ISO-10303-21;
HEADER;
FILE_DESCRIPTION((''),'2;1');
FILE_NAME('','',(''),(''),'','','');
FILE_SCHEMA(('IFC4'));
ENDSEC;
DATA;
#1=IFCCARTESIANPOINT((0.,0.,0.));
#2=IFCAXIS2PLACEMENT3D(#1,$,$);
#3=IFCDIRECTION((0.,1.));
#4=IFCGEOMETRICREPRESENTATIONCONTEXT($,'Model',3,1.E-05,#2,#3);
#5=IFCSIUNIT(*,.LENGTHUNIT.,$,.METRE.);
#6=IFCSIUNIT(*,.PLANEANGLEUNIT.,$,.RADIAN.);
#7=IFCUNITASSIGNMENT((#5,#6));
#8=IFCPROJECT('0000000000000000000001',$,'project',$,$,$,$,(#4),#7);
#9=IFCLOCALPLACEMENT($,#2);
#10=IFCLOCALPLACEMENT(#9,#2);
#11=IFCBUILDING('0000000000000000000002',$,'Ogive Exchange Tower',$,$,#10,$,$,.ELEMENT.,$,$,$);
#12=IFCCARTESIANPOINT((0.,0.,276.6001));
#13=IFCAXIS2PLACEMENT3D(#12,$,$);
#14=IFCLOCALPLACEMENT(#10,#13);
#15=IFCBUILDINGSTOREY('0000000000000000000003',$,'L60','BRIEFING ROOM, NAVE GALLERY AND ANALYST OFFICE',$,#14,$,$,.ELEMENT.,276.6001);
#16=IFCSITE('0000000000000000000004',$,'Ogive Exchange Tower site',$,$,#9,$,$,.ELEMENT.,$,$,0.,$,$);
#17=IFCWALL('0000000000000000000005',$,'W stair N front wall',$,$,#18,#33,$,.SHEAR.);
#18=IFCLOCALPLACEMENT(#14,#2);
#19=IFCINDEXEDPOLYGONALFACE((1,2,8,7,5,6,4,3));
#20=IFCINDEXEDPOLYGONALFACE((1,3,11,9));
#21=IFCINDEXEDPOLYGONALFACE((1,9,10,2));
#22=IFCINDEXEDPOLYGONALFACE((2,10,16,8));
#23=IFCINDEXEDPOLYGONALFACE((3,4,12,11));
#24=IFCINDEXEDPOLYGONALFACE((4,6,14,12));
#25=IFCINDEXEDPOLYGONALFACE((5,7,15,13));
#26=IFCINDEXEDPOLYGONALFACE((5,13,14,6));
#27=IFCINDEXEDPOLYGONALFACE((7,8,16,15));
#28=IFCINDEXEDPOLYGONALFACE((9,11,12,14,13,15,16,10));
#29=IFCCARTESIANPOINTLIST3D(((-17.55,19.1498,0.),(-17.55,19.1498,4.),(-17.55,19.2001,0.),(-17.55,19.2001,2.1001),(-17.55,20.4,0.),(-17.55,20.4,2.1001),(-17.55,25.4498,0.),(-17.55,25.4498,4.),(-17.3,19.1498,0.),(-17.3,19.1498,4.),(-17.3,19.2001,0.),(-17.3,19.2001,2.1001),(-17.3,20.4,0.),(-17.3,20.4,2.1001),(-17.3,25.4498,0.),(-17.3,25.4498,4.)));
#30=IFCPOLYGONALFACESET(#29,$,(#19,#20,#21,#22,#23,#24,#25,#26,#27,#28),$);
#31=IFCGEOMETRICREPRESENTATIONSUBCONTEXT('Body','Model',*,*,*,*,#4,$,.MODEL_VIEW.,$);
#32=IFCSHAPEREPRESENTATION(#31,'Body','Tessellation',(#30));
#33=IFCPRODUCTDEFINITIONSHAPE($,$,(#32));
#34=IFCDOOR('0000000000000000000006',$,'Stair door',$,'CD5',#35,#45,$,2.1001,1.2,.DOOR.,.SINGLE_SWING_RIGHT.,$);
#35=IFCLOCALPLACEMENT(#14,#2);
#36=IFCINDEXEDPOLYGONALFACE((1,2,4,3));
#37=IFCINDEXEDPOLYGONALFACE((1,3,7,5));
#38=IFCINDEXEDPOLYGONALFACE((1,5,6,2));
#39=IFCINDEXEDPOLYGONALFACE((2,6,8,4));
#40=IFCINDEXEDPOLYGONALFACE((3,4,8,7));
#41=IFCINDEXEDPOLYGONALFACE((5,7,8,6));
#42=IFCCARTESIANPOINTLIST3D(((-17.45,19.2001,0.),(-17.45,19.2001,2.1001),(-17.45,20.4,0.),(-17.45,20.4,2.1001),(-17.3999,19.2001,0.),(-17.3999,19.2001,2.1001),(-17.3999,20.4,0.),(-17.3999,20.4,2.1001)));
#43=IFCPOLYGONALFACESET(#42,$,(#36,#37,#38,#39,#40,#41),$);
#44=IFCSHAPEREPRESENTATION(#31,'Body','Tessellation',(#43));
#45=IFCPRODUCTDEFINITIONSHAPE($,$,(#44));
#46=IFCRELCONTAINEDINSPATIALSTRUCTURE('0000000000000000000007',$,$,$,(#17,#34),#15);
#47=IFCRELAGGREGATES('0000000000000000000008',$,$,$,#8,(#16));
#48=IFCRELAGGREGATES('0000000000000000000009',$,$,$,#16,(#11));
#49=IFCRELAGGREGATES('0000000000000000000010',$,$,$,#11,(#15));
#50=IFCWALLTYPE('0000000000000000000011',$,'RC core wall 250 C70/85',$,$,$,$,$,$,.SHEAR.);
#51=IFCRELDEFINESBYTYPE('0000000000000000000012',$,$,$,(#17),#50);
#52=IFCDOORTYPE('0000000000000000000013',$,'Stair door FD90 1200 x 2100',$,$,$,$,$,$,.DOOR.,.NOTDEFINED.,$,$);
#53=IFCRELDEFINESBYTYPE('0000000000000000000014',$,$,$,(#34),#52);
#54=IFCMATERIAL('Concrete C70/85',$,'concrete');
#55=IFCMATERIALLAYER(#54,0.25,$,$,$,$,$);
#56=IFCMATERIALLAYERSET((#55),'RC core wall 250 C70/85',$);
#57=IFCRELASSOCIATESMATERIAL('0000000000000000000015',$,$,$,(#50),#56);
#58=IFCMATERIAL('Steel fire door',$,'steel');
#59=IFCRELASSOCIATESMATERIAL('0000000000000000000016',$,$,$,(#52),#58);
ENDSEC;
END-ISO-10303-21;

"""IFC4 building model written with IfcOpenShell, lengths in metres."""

from ifc_helpers import new_model, si_unit, direction, frame, frame_2d, origin, place, context, subcontext, project, spatial, rectangle, extrude, material, layer, layer_set, type_object, element, fill, save


model = new_model("IFC4")

# Units and contexts
model_context = context("Model", 3, precision=1e-05, world=origin(), true_north=direction((0.0, 1.0)))
body_context = subcontext(model_context, "Body", "Model", "MODEL_VIEW")
ifc_project = project(units=[si_unit("LENGTHUNIT", "METRE"), si_unit("PLANEANGLEUNIT", "RADIAN")], contexts=[model_context])

# Site, building, storey
site_placement = place(None, origin())
site = spatial("IfcSite", under=ifc_project, at=site_placement, Name="Ogive Exchange Tower site", CompositionType="ELEMENT", RefElevation=0.0)
building_placement = place(site_placement, origin())
building = spatial("IfcBuilding", under=site, at=building_placement, Name="Ogive Exchange Tower", CompositionType="ELEMENT")
storey_placement = place(building_placement, frame((0.0, 0.0, 276.6001)))
storey = spatial("IfcBuildingStorey", under=building, at=storey_placement, Name="L60", Description="BRIEFING ROOM, NAVE GALLERY AND ANALYST OFFICE", CompositionType="ELEMENT", Elevation=276.6001)

# Wall, opening, door
ifc_material_1 = material(Name="Concrete C70/85", Category="concrete")
ifc_material_2 = material(Name="Steel fire door", Category="steel")
ifc_layer_1 = layer(ifc_material_1, 0.25)
ifc_layer_set_1 = layer_set([ifc_layer_1], Name="RC core wall 250 C70/85")
wall_type_1 = type_object("IfcWallType", Name="RC core wall 250 C70/85", PredefinedType="SHEAR", material=ifc_layer_set_1)
wall_1_placement = place(storey_placement, frame((-17.425, 19.1499, 0.0), z_axis=(0.0, 0.0, 1.0), x_axis=(0.0, 1.0, 0.0)))
wall_1 = element("IfcWall", 1, at=wall_1_placement, inside=storey, type_object=wall_type_1, Name="W stair N front wall", PredefinedType="SHEAR", context=body_context, shape_type="SweptSolid", body=[
    extrude(rectangle(XDim=6.3, YDim=0.25, at=frame_2d((3.1499, 0.0))), origin(), (0.0, 0.0, 1.0), 4.0),
])
opening_1_placement = place(wall_1_placement, frame((0.05, 0.0, 0.0)))
opening_1 = element("IfcOpeningElement", 2, at=opening_1_placement, cuts=wall_1, PredefinedType="OPENING", context=body_context, shape_type="SweptSolid", body=[
    extrude(rectangle(XDim=1.2, YDim=2.1001, at=frame_2d((0.6001, 1.05))), frame((0.0, 0.135, 0.0), z_axis=(0.0, -1.0, 0.0), x_axis=(1.0, 0.0, 0.0)), (0.0, 0.0, 1.0), 0.27),
])
door_type_1 = type_object("IfcDoorType", Name="Stair door FD90 1200 x 2100", OperationType="NOTDEFINED", PredefinedType="DOOR", material=ifc_material_2)
door_1_placement = place(opening_1_placement, origin())
door_1 = element("IfcDoor", 3, at=door_1_placement, inside=storey, type_object=door_type_1, Name="Stair door", ObjectType="CD5", OperationType="SINGLE_SWING_RIGHT", OverallHeight=2.1001, OverallWidth=1.2, PredefinedType="DOOR", context=body_context, shape_type="SweptSolid", body=[
    extrude(rectangle(XDim=1.2, YDim=2.1001, at=frame_2d((0.6001, 1.05))), frame((0.0, 0.0249, 0.0), z_axis=(0.0, -1.0, 0.0), x_axis=(1.0, 0.0, 0.0)), (0.0, 0.0, 1.0), 0.05),
])
fill(opening_1, door_1)

save(model, "model.ifc")
